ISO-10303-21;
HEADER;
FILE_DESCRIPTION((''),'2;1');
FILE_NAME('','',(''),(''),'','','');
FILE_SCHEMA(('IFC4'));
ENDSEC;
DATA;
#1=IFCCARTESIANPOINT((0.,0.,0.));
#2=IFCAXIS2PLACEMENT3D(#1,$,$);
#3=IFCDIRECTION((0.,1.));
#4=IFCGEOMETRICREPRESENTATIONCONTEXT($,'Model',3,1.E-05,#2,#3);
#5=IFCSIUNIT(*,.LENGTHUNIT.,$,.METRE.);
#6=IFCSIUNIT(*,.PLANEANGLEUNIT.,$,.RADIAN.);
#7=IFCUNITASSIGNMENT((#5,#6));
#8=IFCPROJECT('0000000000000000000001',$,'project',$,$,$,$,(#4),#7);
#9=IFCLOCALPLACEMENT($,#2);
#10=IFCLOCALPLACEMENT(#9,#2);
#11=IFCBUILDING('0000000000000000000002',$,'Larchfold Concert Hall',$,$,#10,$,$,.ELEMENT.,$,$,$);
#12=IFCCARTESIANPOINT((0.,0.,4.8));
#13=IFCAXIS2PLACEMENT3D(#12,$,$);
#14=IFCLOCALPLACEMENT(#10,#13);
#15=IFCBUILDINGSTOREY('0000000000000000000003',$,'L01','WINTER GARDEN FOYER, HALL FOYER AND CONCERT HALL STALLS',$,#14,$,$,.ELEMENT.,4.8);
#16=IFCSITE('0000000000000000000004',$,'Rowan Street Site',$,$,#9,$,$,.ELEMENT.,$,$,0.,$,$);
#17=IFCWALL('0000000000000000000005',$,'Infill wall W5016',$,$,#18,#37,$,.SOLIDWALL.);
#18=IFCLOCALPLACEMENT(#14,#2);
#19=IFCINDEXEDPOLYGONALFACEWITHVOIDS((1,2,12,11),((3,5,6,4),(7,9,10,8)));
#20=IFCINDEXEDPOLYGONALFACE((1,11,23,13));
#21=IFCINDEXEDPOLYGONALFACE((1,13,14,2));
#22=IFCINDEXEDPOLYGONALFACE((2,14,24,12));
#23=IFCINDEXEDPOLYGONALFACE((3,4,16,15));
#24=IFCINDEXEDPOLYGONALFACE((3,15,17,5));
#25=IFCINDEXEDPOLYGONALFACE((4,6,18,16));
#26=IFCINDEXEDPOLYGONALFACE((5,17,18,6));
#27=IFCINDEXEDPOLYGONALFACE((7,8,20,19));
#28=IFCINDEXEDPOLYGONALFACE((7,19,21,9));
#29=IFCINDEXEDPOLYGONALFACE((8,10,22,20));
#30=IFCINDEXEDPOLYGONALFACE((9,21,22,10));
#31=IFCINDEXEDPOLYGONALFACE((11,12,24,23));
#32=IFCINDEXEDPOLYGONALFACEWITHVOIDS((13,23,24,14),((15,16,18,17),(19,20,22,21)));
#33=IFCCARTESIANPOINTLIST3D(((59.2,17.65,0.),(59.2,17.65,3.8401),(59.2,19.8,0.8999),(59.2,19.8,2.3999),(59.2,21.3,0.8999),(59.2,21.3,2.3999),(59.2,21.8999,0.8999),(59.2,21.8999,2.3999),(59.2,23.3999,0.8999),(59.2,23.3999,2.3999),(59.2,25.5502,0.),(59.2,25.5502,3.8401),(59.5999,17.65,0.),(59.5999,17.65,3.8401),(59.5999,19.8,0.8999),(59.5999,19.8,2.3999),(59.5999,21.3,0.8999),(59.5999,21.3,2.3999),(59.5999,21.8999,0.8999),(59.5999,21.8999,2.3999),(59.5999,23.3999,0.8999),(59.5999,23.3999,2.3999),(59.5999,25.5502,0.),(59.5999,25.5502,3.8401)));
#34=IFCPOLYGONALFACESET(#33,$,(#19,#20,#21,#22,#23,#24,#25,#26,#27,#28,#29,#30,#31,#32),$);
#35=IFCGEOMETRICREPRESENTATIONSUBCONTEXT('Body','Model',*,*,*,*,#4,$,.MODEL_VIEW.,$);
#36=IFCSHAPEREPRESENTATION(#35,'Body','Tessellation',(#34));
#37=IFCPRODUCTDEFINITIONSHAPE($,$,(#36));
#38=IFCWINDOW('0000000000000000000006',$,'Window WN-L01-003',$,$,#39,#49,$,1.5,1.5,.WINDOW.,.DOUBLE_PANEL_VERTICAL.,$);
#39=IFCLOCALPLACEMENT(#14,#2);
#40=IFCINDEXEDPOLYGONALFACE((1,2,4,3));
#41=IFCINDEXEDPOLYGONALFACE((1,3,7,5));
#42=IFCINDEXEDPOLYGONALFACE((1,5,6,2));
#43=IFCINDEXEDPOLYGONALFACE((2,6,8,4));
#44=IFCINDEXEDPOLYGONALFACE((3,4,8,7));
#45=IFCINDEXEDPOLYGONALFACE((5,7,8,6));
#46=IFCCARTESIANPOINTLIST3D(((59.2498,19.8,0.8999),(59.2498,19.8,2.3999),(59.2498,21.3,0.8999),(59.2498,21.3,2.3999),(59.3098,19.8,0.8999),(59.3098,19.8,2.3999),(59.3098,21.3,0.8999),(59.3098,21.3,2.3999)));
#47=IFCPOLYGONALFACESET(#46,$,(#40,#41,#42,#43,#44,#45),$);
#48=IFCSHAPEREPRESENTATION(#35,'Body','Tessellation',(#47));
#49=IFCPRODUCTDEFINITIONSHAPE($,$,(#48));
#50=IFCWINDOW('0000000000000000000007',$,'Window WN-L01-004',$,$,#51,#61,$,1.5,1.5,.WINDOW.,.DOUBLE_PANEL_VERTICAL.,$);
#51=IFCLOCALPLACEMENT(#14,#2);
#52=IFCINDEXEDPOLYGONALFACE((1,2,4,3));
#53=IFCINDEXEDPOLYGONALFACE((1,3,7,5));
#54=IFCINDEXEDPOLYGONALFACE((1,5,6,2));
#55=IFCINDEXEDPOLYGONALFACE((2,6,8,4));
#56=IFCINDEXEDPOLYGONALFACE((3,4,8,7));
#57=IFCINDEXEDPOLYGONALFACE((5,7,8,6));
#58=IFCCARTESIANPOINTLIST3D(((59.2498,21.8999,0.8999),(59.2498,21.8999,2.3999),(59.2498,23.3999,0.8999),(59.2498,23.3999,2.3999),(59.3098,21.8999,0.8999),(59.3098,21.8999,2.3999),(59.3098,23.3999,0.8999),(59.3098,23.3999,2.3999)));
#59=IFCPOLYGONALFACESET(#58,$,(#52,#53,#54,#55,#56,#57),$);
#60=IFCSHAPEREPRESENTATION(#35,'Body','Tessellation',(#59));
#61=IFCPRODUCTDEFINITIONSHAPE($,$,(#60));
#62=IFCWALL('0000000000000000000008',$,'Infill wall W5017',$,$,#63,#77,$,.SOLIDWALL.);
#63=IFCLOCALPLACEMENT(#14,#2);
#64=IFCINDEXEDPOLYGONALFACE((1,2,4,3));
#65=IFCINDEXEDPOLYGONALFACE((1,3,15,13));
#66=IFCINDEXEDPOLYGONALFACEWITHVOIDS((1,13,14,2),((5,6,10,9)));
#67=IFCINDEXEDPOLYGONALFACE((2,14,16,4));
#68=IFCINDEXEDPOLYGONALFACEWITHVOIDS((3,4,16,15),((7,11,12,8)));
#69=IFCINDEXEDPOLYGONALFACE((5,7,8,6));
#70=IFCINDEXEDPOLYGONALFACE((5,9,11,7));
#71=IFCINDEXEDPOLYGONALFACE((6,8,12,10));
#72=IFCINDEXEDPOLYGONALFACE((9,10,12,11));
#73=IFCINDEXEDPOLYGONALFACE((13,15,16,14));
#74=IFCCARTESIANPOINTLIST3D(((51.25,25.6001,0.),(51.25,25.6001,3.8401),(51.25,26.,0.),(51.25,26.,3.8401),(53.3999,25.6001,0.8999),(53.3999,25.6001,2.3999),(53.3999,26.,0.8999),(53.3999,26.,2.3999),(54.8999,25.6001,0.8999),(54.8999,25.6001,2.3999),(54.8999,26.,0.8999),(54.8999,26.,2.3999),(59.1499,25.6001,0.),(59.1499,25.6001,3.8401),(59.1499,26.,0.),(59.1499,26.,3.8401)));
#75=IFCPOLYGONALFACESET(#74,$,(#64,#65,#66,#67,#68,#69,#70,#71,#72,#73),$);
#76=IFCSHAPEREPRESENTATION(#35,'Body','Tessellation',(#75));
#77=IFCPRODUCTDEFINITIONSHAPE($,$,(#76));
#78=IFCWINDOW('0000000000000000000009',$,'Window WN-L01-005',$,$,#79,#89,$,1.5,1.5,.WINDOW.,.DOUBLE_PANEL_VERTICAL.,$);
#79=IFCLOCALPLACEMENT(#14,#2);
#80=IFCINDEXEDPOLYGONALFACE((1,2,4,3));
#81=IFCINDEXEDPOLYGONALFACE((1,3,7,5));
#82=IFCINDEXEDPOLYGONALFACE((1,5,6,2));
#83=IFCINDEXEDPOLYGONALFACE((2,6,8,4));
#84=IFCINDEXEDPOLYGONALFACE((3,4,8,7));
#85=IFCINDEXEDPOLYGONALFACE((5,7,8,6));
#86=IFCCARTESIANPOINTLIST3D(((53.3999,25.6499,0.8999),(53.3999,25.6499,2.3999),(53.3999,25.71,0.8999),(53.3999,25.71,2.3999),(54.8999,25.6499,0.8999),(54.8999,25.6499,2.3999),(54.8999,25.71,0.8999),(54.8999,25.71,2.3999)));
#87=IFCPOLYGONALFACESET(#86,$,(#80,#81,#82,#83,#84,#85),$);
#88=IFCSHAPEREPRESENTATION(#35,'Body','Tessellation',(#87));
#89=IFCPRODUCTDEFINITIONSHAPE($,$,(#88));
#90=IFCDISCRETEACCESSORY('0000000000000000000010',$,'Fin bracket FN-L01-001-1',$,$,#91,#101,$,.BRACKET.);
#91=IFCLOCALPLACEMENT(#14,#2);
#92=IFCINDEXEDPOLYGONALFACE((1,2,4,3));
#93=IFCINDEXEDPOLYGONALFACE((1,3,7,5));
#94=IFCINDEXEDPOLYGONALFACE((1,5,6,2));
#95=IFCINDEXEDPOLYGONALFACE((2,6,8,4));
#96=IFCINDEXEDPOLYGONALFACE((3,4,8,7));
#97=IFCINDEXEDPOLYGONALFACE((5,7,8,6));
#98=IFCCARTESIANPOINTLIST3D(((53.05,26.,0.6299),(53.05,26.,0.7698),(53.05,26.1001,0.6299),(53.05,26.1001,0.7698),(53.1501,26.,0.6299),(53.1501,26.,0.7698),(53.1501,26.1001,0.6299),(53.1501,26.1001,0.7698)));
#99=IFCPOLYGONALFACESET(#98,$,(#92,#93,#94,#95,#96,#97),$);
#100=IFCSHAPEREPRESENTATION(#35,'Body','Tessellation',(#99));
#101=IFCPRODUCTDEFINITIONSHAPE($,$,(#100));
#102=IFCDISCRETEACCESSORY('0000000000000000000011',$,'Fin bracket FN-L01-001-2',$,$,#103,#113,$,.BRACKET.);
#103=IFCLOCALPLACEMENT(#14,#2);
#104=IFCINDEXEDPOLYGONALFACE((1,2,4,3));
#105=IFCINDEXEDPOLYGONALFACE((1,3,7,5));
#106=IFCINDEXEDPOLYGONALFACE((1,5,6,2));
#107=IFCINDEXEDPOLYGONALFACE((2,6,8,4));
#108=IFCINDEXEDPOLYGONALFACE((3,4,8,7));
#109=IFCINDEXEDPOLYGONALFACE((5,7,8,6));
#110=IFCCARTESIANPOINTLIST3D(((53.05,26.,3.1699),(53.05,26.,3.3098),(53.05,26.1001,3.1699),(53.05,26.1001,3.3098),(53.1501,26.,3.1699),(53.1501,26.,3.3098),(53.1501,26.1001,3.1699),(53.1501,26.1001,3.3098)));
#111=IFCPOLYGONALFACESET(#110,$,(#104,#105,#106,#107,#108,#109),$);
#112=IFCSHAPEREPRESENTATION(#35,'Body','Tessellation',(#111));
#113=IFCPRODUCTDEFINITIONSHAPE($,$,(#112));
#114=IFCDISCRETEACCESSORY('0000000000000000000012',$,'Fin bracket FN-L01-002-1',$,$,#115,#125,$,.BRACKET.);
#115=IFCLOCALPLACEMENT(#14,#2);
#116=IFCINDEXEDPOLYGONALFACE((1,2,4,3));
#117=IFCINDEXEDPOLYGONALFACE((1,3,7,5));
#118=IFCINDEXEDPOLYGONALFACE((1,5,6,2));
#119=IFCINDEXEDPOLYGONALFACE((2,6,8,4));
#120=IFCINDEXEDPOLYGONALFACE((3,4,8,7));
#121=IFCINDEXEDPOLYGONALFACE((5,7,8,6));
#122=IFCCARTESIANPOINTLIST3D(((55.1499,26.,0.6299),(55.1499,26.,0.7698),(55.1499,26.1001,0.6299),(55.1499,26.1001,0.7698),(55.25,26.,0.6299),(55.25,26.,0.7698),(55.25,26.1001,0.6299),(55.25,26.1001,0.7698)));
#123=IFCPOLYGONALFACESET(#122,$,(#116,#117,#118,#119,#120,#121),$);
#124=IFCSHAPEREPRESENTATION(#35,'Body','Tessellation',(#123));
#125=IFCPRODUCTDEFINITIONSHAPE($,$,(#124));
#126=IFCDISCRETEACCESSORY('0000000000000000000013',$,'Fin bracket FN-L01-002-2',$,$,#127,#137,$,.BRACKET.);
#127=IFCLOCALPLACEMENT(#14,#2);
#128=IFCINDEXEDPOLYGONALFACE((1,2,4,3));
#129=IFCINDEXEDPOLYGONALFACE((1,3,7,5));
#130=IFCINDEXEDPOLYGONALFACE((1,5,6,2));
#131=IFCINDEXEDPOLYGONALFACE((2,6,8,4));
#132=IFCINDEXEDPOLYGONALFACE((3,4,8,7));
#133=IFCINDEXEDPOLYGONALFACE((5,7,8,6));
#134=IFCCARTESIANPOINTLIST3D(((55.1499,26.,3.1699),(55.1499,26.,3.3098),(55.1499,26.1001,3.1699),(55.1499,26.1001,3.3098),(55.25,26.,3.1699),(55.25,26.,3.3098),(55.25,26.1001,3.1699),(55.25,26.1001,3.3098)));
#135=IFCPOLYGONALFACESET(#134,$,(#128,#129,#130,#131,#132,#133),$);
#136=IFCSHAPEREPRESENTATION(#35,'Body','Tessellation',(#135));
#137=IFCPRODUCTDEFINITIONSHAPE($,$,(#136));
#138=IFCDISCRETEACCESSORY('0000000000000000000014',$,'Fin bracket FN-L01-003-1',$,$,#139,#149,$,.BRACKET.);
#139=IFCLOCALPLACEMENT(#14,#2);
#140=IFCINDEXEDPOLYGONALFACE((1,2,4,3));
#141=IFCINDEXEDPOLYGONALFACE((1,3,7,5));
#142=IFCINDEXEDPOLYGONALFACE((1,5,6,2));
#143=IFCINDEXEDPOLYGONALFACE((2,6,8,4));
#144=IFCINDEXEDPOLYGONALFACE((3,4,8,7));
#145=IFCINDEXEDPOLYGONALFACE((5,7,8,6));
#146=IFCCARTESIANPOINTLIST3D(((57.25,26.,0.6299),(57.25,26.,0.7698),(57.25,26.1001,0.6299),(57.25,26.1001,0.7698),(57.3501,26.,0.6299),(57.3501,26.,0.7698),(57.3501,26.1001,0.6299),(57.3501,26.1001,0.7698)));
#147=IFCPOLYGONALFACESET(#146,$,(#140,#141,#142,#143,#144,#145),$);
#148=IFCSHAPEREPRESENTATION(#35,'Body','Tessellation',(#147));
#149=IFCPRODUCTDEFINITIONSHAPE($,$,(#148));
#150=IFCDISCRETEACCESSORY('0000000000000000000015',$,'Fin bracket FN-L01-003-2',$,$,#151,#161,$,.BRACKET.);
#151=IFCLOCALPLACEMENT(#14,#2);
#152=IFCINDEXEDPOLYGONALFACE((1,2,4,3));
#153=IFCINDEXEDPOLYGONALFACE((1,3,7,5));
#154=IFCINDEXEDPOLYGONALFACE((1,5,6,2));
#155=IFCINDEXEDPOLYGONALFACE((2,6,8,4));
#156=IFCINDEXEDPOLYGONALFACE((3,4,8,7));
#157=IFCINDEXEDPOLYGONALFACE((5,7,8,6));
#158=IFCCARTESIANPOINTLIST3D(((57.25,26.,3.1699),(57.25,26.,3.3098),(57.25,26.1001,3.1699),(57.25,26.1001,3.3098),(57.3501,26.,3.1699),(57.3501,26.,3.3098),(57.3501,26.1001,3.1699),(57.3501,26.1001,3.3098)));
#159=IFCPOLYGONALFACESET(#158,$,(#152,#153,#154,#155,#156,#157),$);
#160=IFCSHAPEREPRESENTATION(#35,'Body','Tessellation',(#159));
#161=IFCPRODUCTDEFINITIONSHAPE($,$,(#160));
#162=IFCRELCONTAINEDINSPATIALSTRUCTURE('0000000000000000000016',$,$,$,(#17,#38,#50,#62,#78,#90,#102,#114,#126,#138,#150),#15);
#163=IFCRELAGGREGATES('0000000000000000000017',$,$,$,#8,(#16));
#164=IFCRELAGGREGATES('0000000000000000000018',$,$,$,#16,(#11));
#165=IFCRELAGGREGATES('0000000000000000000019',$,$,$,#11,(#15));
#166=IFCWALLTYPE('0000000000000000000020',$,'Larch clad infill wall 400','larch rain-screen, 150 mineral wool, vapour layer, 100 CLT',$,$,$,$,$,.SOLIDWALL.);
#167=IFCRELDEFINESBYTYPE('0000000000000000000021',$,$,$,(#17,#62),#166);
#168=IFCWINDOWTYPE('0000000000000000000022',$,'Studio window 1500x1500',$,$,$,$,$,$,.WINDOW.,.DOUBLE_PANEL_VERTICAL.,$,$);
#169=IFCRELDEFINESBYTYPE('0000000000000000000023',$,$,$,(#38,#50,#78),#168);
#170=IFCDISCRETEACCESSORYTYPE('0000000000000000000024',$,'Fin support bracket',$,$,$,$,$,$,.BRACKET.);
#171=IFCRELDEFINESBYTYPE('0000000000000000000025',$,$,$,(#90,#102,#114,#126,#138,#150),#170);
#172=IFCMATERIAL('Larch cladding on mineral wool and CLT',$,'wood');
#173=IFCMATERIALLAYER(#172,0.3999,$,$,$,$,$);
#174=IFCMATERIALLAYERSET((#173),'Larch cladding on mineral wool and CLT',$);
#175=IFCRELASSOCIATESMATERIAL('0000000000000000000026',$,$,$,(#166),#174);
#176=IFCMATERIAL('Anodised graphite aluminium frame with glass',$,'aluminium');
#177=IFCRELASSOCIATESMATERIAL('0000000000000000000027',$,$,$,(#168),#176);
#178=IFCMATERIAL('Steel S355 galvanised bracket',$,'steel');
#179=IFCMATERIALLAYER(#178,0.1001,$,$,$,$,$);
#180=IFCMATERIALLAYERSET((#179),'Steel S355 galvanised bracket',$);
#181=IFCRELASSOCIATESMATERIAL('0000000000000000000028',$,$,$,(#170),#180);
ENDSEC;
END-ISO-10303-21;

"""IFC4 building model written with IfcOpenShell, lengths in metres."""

from ifc_helpers import new_model, si_unit, direction, frame, frame_2d, origin, origin_2d, place, context, subcontext, project, spatial, rectangle, extrude, material, layer, layer_set, type_object, element, fill, save


model = new_model("IFC4")

# Units and contexts
model_context = context("Model", 3, precision=1e-05, world=origin(), true_north=direction((0.0, 1.0)))
body_context = subcontext(model_context, "Body", "Model", "MODEL_VIEW")
ifc_project = project(units=[si_unit("LENGTHUNIT", "METRE"), si_unit("PLANEANGLEUNIT", "RADIAN")], contexts=[model_context])

# Site, building, storey
site_placement = place(None, origin())
site = spatial("IfcSite", under=ifc_project, at=site_placement, Name="Rowan Street Site", CompositionType="ELEMENT", RefElevation=0.0)
building_placement = place(site_placement, origin())
building = spatial("IfcBuilding", under=site, at=building_placement, Name="Larchfold Concert Hall", CompositionType="ELEMENT")
storey_placement = place(building_placement, frame((0.0, 0.0, 4.8)))
storey = spatial("IfcBuildingStorey", under=building, at=storey_placement, Name="L01", Description="WINTER GARDEN FOYER, HALL FOYER AND CONCERT HALL STALLS", CompositionType="ELEMENT", Elevation=4.8)

# Wall, openings, windows
ifc_material_1 = material(Name="Larch cladding on mineral wool and CLT", Category="wood")
ifc_layer_1 = layer(ifc_material_1, 0.3999)
ifc_layer_set_1 = layer_set([ifc_layer_1], Name="Larch cladding on mineral wool and CLT")
wall_type = type_object("IfcWallType", Name="Larch clad infill wall 400", Description="larch rain-screen, 150 mineral wool, vapour layer, 100 CLT", PredefinedType="SOLIDWALL", material=ifc_layer_set_1)
wall_1_placement = place(storey_placement, frame((59.3999, 17.6499, 0.0), z_axis=(0.0, 0.0, 1.0), x_axis=(0.0, 1.0, 0.0)))
wall_1 = element("IfcWall", 1, at=wall_1_placement, inside=storey, type_object=wall_type, Name="Infill wall W5016", PredefinedType="SOLIDWALL", context=body_context, shape_type="SweptSolid", body=[
    extrude(rectangle(XDim=7.9001, YDim=0.3999, at=frame_2d((3.9502, 0.0))), origin(), (0.0, 0.0, 1.0), 3.8401),
])
opening_1_placement = place(wall_1_placement, frame((2.1501, 0.0, 0.8999)))
opening_1 = element("IfcOpeningElement", 2, at=opening_1_placement, cuts=wall_1, PredefinedType="OPENING", context=body_context, shape_type="SweptSolid", body=[
    extrude(rectangle(XDim=1.5, YDim=1.5, at=frame_2d((0.75, 0.75))), frame((0.0, 0.21, 0.0), z_axis=(0.0, -1.0, 0.0), x_axis=(1.0, 0.0, 0.0)), (0.0, 0.0, 1.0), 0.4199),
])
opening_2_placement = place(wall_1_placement, frame((4.25, 0.0, 0.8999)))
opening_2 = element("IfcOpeningElement", 3, at=opening_2_placement, cuts=wall_1, PredefinedType="OPENING", context=body_context, shape_type="SweptSolid", body=[
    extrude(rectangle(XDim=1.5, YDim=1.5, at=frame_2d((0.75, 0.75))), frame((0.0, 0.21, 0.0), z_axis=(0.0, -1.0, 0.0), x_axis=(1.0, 0.0, 0.0)), (0.0, 0.0, 1.0), 0.4199),
])
ifc_material_2 = material(Name="Anodised graphite aluminium frame with glass", Category="aluminium")
window_type = type_object("IfcWindowType", Name="Studio window 1500x1500", PartitioningType="DOUBLE_PANEL_VERTICAL", PredefinedType="WINDOW", material=ifc_material_2)
window_1_placement = place(opening_1_placement, origin())
window_1 = element("IfcWindow", 4, at=window_1_placement, inside=storey, type_object=window_type, Name="Window WN-L01-003", OverallHeight=1.5, OverallWidth=1.5, PartitioningType="DOUBLE_PANEL_VERTICAL", PredefinedType="WINDOW", context=body_context, shape_type="SweptSolid", body=[
    extrude(rectangle(XDim=1.5, YDim=1.5, at=frame_2d((0.75, 0.75))), frame((0.0, 0.1501, 0.0), z_axis=(0.0, -1.0, 0.0), x_axis=(1.0, 0.0, 0.0)), (0.0, 0.0, 1.0), 0.0601),
])
fill(opening_1, window_1)
window_2_placement = place(opening_2_placement, origin())
window_2 = element("IfcWindow", 5, at=window_2_placement, inside=storey, type_object=window_type, Name="Window WN-L01-004", OverallHeight=1.5, OverallWidth=1.5, PartitioningType="DOUBLE_PANEL_VERTICAL", PredefinedType="WINDOW", context=body_context, shape_type="SweptSolid", body=[
    extrude(rectangle(XDim=1.5, YDim=1.5, at=frame_2d((0.75, 0.75))), frame((0.0, 0.1501, 0.0), z_axis=(0.0, -1.0, 0.0), x_axis=(1.0, 0.0, 0.0)), (0.0, 0.0, 1.0), 0.0601),
])
fill(opening_2, window_2)

# Wall, opening, window
wall_2_placement = place(storey_placement, frame((59.1499, 25.8, 0.0), z_axis=(0.0, 0.0, 1.0), x_axis=(-1.0, 0.0, 0.0)))
wall_2 = element("IfcWall", 6, at=wall_2_placement, inside=storey, type_object=wall_type, Name="Infill wall W5017", PredefinedType="SOLIDWALL", context=body_context, shape_type="SweptSolid", body=[
    extrude(rectangle(XDim=7.8999, YDim=0.3999, at=frame_2d((3.95, 0.0))), origin(), (0.0, 0.0, 1.0), 3.8401),
])
opening_3_placement = place(wall_2_placement, frame((4.25, 0.0, 0.8999)))
opening_3 = element("IfcOpeningElement", 7, at=opening_3_placement, cuts=wall_2, PredefinedType="OPENING", context=body_context, shape_type="SweptSolid", body=[
    extrude(rectangle(XDim=1.5, YDim=1.5, at=frame_2d((0.75, 0.75))), frame((0.0, 0.21, 0.0), z_axis=(0.0, -1.0, 0.0), x_axis=(1.0, 0.0, 0.0)), (0.0, 0.0, 1.0), 0.4199),
])
window_3_placement = place(opening_3_placement, origin())
window_3 = element("IfcWindow", 8, at=window_3_placement, inside=storey, type_object=window_type, Name="Window WN-L01-005", OverallHeight=1.5, OverallWidth=1.5, PartitioningType="DOUBLE_PANEL_VERTICAL", PredefinedType="WINDOW", context=body_context, shape_type="SweptSolid", body=[
    extrude(rectangle(XDim=1.5, YDim=1.5, at=frame_2d((0.75, 0.75))), frame((0.0, 0.1501, 0.0), z_axis=(0.0, -1.0, 0.0), x_axis=(1.0, 0.0, 0.0)), (0.0, 0.0, 1.0), 0.0601),
])
fill(opening_3, window_3)

# Discrete accessories
ifc_material_3 = material(Name="Steel S355 galvanised bracket", Category="steel")
ifc_layer_2 = layer(ifc_material_3, 0.1001)
ifc_layer_set_2 = layer_set([ifc_layer_2], Name="Steel S355 galvanised bracket")
discrete_accessory_type = type_object("IfcDiscreteAccessoryType", Name="Fin support bracket", PredefinedType="BRACKET", material=ifc_layer_set_2)
for number, where, z_axis, x_axis, name in (
    (9, (53.1001, 26.05, 0.6299), (0.0, 0.0, 1.0), (0.0, 1.0, 0.0), "Fin bracket FN-L01-001-1"),
    (10, (53.1001, 26.05, 3.1699), (0.0, 0.0, 1.0), (0.0, 1.0, 0.0), "Fin bracket FN-L01-001-2"),
    (11, (55.2, 26.05, 0.6299), (0.0, 0.0, 1.0), (0.0, 1.0, 0.0), "Fin bracket FN-L01-002-1"),
    (12, (55.2, 26.05, 3.1699), (0.0, 0.0, 1.0), (0.0, 1.0, 0.0), "Fin bracket FN-L01-002-2"),
    (13, (57.3, 26.05, 0.6299), (0.0, 0.0, 1.0), (0.0, 1.0, 0.0), "Fin bracket FN-L01-003-1"),
    (14, (57.3, 26.05, 3.1699), (0.0, 0.0, 1.0), (0.0, 1.0, 0.0), "Fin bracket FN-L01-003-2"),
):
    element("IfcDiscreteAccessory", number, at=place(storey_placement, frame(where, z_axis=z_axis, x_axis=x_axis)), inside=storey, type_object=discrete_accessory_type, Name=name, PredefinedType="BRACKET", context=body_context, shape_type="SweptSolid", body=[
        extrude(rectangle(XDim=0.1001, YDim=0.1001, at=origin_2d()), origin(), (0.0, 0.0, 1.0), 0.1399),
    ])

save(model, "model.ifc")
